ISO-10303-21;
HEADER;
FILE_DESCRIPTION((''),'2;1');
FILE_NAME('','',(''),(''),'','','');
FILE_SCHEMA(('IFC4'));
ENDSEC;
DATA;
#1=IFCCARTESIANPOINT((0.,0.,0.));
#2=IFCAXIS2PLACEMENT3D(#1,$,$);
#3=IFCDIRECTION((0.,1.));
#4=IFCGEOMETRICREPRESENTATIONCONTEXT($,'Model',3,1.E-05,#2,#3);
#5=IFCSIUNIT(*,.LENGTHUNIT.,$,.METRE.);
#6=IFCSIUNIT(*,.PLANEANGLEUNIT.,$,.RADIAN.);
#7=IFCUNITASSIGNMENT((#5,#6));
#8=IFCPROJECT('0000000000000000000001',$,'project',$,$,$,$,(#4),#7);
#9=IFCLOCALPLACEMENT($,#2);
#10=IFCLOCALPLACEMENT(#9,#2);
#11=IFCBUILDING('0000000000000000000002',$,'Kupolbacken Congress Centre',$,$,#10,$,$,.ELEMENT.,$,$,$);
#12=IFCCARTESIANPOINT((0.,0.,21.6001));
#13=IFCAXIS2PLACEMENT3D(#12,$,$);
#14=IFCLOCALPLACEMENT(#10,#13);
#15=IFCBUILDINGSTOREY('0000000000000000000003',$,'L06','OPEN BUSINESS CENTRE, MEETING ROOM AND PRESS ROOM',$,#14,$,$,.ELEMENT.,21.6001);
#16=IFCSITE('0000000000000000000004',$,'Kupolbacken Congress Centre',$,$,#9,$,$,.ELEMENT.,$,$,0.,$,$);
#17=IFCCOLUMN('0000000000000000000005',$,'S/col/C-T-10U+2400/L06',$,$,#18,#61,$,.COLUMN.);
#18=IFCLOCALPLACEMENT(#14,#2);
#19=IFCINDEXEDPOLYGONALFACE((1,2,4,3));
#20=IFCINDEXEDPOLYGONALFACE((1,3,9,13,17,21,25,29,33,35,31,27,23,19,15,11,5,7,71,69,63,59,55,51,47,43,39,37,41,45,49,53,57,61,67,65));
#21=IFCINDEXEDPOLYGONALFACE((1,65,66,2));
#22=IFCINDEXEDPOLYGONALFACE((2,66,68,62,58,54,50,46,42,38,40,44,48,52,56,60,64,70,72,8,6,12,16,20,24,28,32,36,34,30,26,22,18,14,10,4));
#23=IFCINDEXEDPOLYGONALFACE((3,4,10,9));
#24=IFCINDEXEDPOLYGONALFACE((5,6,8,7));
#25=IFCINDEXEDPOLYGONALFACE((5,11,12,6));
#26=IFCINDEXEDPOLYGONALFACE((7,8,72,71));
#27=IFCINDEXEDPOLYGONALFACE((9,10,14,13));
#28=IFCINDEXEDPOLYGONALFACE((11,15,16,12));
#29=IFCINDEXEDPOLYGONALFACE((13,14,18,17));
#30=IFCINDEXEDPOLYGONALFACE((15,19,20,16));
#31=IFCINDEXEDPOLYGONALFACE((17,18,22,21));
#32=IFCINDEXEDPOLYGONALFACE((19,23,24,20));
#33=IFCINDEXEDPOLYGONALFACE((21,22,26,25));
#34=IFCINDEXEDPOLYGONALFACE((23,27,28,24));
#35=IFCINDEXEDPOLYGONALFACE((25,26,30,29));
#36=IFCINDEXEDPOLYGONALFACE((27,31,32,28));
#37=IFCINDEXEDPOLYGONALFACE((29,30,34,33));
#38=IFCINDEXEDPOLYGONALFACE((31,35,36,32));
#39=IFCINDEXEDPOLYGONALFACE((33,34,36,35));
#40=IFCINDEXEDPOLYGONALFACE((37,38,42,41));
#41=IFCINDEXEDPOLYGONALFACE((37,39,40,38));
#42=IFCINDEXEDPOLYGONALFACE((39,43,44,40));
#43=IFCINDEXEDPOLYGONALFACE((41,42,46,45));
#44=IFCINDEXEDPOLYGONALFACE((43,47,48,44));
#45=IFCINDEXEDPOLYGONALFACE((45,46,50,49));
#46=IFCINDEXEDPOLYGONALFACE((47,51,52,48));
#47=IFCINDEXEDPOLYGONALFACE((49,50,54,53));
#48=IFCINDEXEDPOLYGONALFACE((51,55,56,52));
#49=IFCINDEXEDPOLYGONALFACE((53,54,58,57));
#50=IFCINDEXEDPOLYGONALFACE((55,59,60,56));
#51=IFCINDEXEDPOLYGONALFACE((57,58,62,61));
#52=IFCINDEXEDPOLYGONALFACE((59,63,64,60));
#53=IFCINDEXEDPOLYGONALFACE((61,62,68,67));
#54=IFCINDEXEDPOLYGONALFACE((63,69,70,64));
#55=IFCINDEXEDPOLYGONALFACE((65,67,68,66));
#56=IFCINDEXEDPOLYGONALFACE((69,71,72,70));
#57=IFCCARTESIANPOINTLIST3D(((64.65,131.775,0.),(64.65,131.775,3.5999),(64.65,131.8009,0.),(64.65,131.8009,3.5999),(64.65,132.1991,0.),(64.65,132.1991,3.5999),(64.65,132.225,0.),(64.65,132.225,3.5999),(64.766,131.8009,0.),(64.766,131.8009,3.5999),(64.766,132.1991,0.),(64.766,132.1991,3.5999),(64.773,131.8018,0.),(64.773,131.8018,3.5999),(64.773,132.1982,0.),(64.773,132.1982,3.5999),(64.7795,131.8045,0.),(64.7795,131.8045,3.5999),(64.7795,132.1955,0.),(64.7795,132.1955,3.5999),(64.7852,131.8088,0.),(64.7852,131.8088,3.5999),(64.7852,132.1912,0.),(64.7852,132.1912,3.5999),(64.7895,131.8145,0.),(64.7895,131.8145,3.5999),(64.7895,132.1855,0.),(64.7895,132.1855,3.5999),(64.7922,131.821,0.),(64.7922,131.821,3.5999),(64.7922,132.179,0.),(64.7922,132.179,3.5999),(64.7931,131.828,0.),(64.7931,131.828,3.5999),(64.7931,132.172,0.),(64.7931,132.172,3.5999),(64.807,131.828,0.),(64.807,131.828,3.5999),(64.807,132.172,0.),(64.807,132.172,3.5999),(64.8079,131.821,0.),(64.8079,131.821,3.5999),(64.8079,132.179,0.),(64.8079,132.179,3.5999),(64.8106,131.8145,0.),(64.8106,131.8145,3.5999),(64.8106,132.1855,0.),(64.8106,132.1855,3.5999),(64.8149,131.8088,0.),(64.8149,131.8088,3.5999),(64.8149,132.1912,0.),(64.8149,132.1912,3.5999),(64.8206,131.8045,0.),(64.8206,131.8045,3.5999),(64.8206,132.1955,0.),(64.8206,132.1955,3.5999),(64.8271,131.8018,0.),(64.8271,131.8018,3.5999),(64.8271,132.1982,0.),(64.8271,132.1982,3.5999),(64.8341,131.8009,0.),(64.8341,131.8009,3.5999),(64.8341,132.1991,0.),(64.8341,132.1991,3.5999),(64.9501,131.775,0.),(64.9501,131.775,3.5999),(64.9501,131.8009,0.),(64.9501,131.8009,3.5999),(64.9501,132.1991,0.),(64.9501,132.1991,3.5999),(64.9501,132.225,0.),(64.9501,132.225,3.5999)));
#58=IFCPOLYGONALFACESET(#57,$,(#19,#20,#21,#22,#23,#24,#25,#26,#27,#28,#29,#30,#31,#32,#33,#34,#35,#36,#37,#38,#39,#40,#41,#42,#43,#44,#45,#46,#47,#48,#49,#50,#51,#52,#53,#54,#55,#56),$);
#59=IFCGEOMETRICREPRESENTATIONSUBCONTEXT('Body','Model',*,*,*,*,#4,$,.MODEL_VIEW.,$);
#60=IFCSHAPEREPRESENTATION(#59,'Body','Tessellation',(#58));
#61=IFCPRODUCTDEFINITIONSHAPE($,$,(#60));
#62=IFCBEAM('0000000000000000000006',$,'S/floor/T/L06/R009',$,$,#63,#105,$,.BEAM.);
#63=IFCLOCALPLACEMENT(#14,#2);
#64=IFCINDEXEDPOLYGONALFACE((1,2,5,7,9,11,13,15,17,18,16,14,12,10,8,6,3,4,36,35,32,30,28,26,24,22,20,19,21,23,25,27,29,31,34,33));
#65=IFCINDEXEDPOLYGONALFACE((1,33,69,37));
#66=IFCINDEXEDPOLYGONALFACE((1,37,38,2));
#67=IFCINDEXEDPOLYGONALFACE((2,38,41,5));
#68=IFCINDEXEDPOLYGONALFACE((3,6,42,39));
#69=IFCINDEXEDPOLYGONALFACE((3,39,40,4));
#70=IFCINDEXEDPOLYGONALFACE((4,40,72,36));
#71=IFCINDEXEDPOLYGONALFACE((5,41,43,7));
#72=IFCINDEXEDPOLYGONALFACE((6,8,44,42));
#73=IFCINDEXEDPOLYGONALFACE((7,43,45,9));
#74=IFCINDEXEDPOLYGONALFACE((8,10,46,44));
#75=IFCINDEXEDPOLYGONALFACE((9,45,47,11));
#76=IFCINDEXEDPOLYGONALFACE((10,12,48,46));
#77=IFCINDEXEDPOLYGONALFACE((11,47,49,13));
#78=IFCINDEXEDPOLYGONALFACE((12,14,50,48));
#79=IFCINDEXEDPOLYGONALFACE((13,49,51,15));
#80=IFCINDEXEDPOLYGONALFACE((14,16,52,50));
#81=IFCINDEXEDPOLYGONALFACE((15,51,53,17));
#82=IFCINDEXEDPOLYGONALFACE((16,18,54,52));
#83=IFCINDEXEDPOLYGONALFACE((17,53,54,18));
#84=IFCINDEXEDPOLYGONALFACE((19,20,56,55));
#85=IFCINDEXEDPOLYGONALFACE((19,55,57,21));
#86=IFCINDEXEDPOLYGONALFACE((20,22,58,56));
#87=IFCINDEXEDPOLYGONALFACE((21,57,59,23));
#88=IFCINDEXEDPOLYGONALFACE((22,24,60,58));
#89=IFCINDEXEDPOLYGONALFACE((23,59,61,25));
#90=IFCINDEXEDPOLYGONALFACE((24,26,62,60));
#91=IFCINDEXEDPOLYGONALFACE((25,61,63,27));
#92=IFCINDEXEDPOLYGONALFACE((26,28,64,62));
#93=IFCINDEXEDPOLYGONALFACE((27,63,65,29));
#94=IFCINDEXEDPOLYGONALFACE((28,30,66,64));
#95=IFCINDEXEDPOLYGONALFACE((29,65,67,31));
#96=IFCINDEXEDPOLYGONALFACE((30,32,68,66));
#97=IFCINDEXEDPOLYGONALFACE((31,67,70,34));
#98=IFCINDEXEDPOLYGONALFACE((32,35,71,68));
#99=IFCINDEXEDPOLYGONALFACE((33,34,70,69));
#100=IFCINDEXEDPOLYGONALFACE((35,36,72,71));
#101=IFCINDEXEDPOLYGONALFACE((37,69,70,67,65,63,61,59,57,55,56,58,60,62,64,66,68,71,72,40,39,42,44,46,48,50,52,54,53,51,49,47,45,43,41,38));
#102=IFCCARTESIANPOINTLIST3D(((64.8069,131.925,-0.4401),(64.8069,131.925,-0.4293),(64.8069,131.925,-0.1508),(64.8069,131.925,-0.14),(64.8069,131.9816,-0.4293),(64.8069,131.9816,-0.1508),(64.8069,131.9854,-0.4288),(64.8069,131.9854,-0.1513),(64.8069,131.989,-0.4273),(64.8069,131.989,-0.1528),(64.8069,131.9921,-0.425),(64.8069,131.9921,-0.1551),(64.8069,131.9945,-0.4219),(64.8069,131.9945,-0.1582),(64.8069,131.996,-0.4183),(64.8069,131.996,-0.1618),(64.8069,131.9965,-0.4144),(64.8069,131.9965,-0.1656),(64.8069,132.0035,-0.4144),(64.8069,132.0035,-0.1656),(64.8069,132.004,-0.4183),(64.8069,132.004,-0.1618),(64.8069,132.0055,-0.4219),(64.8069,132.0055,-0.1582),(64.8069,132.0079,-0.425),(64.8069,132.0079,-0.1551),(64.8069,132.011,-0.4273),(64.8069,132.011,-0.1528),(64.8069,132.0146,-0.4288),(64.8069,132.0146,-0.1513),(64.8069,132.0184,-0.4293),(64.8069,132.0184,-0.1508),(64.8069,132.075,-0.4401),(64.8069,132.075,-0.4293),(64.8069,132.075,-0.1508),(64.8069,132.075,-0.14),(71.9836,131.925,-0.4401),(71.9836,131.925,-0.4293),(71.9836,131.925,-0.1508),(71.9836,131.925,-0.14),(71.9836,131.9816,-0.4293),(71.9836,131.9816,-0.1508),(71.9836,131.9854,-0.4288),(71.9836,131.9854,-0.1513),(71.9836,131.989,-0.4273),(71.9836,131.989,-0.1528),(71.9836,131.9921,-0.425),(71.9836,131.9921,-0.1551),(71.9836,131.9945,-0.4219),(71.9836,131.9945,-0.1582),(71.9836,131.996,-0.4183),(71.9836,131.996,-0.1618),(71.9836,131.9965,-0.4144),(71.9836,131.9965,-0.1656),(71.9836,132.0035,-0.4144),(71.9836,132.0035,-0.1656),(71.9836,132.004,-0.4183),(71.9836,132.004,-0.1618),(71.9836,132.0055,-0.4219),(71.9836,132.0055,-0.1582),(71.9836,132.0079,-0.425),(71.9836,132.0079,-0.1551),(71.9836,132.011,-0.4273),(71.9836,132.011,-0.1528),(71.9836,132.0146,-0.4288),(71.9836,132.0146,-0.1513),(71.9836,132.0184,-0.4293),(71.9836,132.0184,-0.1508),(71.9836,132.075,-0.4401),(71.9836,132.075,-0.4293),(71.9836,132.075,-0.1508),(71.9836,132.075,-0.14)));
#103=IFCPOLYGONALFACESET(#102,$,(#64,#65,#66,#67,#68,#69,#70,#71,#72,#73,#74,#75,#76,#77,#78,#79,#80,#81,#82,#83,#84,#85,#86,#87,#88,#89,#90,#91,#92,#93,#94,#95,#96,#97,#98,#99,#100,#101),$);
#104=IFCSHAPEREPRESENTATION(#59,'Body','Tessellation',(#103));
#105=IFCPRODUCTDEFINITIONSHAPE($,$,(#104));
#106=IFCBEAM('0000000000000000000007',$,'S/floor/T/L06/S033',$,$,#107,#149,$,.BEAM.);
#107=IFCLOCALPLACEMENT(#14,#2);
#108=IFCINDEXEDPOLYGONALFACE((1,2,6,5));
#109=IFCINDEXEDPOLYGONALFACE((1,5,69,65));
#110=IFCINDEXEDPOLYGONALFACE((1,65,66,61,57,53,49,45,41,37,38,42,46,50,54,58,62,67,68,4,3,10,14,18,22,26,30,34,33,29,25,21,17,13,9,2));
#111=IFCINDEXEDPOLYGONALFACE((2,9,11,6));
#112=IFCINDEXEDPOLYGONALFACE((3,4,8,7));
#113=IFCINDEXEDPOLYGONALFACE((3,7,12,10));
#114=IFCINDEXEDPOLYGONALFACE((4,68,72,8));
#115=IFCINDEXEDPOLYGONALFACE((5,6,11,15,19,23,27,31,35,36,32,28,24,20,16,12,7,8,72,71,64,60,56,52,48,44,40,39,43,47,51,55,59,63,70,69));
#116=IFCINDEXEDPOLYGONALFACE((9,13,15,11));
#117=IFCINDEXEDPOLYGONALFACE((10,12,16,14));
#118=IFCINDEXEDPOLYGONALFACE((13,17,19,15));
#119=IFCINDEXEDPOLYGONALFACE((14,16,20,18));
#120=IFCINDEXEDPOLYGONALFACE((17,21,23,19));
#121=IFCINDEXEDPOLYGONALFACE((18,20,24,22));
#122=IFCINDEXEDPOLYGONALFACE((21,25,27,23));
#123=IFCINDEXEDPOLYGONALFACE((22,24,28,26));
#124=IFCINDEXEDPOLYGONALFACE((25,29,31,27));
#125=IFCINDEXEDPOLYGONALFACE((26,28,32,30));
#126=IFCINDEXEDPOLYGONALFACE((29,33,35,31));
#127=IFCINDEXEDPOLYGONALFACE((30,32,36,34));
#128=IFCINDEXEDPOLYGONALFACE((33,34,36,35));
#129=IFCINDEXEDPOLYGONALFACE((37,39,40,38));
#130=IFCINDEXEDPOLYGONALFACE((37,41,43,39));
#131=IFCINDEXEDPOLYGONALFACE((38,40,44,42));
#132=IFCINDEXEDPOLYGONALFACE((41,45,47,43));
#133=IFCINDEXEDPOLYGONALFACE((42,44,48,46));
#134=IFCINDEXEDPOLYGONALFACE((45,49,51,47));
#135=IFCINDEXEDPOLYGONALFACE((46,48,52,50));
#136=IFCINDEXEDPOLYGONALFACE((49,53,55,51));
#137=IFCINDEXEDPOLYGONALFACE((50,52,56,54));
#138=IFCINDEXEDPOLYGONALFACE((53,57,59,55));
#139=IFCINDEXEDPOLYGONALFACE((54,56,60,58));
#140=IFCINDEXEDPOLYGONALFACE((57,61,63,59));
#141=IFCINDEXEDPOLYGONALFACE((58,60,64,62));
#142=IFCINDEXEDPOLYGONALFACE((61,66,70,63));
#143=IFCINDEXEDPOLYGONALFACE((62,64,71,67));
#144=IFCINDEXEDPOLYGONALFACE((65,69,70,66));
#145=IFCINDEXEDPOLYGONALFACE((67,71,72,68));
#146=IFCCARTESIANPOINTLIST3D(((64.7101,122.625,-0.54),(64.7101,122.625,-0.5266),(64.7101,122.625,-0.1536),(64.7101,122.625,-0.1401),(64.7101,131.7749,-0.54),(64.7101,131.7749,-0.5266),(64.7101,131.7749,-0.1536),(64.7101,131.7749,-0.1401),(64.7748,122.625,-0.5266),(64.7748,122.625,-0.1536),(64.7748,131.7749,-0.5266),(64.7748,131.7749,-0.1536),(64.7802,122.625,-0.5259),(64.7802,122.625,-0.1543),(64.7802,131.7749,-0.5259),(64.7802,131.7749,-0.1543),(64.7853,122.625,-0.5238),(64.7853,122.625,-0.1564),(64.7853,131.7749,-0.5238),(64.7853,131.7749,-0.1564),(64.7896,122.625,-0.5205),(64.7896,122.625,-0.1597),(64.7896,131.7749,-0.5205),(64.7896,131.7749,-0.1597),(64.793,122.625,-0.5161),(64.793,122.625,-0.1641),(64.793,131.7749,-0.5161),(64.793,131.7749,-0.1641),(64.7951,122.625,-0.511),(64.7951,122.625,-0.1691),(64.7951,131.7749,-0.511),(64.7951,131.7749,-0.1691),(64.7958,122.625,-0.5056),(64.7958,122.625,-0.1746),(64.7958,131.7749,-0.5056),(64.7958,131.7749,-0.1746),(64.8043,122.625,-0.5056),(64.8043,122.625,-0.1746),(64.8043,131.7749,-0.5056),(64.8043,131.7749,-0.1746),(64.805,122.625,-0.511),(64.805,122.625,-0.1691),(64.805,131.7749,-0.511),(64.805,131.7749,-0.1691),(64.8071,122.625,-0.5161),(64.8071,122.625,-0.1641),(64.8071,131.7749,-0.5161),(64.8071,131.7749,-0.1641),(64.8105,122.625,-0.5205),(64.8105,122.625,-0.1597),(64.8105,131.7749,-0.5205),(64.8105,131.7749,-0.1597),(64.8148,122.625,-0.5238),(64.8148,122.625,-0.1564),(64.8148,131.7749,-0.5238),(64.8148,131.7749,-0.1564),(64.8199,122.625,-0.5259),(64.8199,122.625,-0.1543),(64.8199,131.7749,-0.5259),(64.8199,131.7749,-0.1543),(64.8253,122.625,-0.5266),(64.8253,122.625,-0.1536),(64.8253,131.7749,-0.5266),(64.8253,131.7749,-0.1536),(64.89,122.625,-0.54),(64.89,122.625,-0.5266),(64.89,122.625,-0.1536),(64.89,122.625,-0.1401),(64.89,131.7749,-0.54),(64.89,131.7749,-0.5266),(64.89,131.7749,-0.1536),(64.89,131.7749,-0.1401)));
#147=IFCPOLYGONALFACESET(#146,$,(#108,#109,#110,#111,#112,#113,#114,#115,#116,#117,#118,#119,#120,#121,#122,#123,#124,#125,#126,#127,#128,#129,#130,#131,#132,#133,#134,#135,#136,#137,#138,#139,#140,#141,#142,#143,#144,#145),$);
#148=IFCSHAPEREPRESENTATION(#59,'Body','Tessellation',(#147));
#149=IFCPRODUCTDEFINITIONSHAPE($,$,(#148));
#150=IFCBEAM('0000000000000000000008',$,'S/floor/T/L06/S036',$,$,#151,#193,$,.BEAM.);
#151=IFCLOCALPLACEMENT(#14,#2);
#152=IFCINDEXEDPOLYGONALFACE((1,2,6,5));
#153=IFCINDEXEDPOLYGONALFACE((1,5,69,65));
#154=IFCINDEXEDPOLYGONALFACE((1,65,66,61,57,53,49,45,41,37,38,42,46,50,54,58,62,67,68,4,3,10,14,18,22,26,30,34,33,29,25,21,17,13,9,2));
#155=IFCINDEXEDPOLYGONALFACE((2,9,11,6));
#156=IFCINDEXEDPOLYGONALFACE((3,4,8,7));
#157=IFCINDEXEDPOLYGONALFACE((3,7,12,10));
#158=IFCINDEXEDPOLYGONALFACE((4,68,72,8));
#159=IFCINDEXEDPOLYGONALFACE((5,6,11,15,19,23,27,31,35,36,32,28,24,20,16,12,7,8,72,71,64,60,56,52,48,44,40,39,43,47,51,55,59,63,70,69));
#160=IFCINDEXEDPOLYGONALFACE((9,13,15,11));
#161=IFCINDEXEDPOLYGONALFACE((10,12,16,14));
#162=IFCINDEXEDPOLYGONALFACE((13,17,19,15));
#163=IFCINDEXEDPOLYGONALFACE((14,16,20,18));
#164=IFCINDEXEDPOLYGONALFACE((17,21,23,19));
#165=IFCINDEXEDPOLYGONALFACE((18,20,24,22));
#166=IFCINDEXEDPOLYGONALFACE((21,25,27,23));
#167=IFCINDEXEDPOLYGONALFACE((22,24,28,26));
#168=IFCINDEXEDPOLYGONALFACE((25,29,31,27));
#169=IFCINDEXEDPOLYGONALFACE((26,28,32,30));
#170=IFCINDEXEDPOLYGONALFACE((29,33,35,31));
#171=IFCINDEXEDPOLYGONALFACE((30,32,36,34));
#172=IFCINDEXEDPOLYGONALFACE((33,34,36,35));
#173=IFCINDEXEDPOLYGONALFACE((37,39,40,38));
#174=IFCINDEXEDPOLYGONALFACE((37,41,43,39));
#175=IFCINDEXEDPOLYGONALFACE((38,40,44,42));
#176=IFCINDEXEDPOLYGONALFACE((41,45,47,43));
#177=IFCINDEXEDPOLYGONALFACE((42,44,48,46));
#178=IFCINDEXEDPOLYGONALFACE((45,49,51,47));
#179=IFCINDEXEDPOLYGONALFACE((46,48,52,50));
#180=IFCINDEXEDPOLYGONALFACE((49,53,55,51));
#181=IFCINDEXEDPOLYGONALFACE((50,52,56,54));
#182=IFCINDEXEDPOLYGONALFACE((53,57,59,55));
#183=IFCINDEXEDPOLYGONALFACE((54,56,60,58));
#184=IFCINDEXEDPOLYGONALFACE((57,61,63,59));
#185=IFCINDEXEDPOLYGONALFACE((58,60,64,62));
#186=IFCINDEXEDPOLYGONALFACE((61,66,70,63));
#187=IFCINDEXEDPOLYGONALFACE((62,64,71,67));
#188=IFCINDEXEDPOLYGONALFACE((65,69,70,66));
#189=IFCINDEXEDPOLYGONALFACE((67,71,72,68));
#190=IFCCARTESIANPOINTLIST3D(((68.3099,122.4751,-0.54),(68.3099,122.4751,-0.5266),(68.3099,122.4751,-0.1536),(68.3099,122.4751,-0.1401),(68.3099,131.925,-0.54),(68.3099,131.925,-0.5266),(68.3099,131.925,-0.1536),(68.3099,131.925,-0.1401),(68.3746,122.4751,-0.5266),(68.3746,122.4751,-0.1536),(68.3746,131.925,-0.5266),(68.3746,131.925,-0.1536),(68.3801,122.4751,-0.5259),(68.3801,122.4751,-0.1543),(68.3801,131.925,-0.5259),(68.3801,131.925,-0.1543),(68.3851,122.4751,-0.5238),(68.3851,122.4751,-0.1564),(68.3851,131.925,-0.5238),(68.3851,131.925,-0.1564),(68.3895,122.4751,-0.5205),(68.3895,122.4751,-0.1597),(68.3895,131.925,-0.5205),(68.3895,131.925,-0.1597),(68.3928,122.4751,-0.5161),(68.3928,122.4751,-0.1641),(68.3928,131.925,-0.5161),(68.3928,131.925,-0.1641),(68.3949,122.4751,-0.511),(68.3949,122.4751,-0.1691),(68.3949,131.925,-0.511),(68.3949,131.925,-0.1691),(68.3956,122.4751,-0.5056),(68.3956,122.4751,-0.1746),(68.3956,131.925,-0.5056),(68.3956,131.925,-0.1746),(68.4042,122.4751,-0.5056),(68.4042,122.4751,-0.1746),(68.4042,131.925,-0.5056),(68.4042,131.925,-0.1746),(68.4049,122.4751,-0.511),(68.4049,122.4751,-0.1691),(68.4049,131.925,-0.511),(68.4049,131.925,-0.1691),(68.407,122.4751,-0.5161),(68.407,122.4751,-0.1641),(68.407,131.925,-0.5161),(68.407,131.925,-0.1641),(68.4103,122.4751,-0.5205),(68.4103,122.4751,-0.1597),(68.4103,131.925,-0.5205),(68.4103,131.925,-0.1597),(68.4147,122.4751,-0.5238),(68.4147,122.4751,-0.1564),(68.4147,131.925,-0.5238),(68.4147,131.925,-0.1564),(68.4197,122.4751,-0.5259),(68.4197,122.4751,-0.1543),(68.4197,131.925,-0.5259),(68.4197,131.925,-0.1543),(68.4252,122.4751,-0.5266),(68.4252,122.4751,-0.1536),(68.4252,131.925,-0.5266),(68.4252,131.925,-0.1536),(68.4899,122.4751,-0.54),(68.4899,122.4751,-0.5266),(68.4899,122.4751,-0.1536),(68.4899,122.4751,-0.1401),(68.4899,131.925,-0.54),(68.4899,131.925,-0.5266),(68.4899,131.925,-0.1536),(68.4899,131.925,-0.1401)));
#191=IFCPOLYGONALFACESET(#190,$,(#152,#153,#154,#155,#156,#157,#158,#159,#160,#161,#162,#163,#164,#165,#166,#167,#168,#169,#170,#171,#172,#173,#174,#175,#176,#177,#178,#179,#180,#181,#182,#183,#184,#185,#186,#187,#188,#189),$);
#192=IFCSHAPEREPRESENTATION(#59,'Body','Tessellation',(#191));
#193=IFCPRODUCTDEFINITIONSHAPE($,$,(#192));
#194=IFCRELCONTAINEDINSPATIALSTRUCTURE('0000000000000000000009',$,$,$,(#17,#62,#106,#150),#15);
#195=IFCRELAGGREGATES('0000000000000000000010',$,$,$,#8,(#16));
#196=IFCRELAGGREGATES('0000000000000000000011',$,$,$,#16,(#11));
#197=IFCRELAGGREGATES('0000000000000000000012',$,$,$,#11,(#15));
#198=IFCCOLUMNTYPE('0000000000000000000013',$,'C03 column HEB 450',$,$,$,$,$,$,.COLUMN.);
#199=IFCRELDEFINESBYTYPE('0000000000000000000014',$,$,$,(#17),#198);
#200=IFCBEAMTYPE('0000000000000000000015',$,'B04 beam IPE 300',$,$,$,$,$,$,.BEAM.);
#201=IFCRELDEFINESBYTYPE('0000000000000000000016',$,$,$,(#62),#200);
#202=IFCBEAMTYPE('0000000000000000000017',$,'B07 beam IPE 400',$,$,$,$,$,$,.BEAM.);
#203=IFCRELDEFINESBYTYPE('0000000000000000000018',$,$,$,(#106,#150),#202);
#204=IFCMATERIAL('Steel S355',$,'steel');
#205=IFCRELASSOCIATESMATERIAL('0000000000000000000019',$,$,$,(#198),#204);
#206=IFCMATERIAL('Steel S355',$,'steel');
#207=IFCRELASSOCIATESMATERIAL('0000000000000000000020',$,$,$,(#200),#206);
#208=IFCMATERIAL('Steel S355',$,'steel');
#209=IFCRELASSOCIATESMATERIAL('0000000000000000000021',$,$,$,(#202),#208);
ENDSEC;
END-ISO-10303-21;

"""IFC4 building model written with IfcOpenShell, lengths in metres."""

from ifc_helpers import new_model, si_unit, direction, frame, origin, origin_2d, place, context, subcontext, project, spatial, i_section, extrude, material, material_profile, profile_set, type_object, element, save


model = new_model("IFC4")

# Units and contexts
model_context = context("Model", 3, precision=1e-05, world=origin(), true_north=direction((0.0, 1.0)))
body_context = subcontext(model_context, "Body", "Model", "MODEL_VIEW")
ifc_project = project(units=[si_unit("LENGTHUNIT", "METRE"), si_unit("PLANEANGLEUNIT", "RADIAN")], contexts=[model_context])

# Site, building, storey
site_placement = place(None, origin())
site = spatial("IfcSite", under=ifc_project, at=site_placement, Name="Kupolbacken Congress Centre", CompositionType="ELEMENT", RefElevation=0.0)
building_placement = place(site_placement, origin())
building = spatial("IfcBuilding", under=site, at=building_placement, Name="Kupolbacken Congress Centre", CompositionType="ELEMENT")
storey_placement = place(building_placement, frame((0.0, 0.0, 21.6001)))
storey = spatial("IfcBuildingStorey", under=building, at=storey_placement, Name="L06", Description="OPEN BUSINESS CENTRE, MEETING ROOM AND PRESS ROOM", CompositionType="ELEMENT", Elevation=21.6001)

# Column
ifc_material_1 = material(Name="Steel S355", Category="steel")
ifc_material_profile_1 = material_profile(ifc_material_1, i_section(OverallWidth=0.3, OverallDepth=0.45, WebThickness=0.0139, FlangeThickness=0.0259, FilletRadius=0.0271, at=origin_2d()), Name="HEB 450")
ifc_profile_set_1 = profile_set([ifc_material_profile_1], Name="Steel S355")
column_type = type_object("IfcColumnType", Name="C03 column HEB 450", PredefinedType="COLUMN", material=ifc_profile_set_1)
column_placement = place(storey_placement, frame((64.8, 132.0, 0.0), z_axis=(0.0, 0.0, 1.0), x_axis=(1.0, 0.0, 0.0)))
element("IfcColumn", 1, at=column_placement, inside=storey, type_object=column_type, Name="S/col/C-T-10U+2400/L06", PredefinedType="COLUMN", context=body_context, shape_type="SweptSolid", body=[
    extrude(i_section(OverallWidth=0.3, OverallDepth=0.45, WebThickness=0.0139, FlangeThickness=0.0259, FilletRadius=0.0271, at=origin_2d()), origin(), (0.0, 0.0, 1.0), 3.5999),
])

# Beams
ifc_material_2 = material(Name="Steel S355", Category="steel")
ifc_material_profile_2 = material_profile(ifc_material_2, i_section(OverallWidth=0.1499, OverallDepth=0.3, WebThickness=0.0071, FlangeThickness=0.0107, FilletRadius=0.0149, at=origin_2d()), Name="IPE 300")
ifc_profile_set_2 = profile_set([ifc_material_profile_2], Name="Steel S355")
beam_type_1 = type_object("IfcBeamType", Name="B04 beam IPE 300", PredefinedType="BEAM", material=ifc_profile_set_2)
beam_1_placement = place(storey_placement, frame((64.8069, 132.0, -0.29), z_axis=(1.0, 0.0, 0.0), x_axis=(0.0, 1.0, 0.0)))
element("IfcBeam", 2, at=beam_1_placement, inside=storey, type_object=beam_type_1, Name="S/floor/T/L06/R009", PredefinedType="BEAM", context=body_context, shape_type="SweptSolid", body=[
    extrude(i_section(OverallWidth=0.1499, OverallDepth=0.3, WebThickness=0.0071, FlangeThickness=0.0107, FilletRadius=0.0149, at=origin_2d()), origin(), (0.0, 0.0, 1.0), 7.1768),
])
ifc_material_3 = material(Name="Steel S355", Category="steel")
ifc_material_profile_3 = material_profile(ifc_material_3, i_section(OverallWidth=0.1799, OverallDepth=0.3999, WebThickness=0.0085, FlangeThickness=0.0134, FilletRadius=0.021, at=origin_2d()), Name="IPE 400")
ifc_profile_set_3 = profile_set([ifc_material_profile_3], Name="Steel S355")
beam_type_2 = type_object("IfcBeamType", Name="B07 beam IPE 400", PredefinedType="BEAM", material=ifc_profile_set_3)
beam_2_placement = place(storey_placement, frame((64.8, 122.625, -0.3401), z_axis=(0.0, 1.0, 0.0), x_axis=(-1.0, 0.0, 0.0)))
element("IfcBeam", 3, at=beam_2_placement, inside=storey, type_object=beam_type_2, Name="S/floor/T/L06/S033", PredefinedType="BEAM", context=body_context, shape_type="SweptSolid", body=[
    extrude(i_section(OverallWidth=0.1799, OverallDepth=0.3999, WebThickness=0.0085, FlangeThickness=0.0134, FilletRadius=0.021, at=origin_2d()), origin(), (0.0, 0.0, 1.0), 9.1499),
])
beam_3_placement = place(storey_placement, frame((68.3999, 122.4751, -0.3401), z_axis=(0.0, 1.0, 0.0), x_axis=(-1.0, 0.0, 0.0)))
element("IfcBeam", 4, at=beam_3_placement, inside=storey, type_object=beam_type_2, Name="S/floor/T/L06/S036", PredefinedType="BEAM", context=body_context, shape_type="SweptSolid", body=[
    extrude(i_section(OverallWidth=0.1799, OverallDepth=0.3999, WebThickness=0.0085, FlangeThickness=0.0134, FilletRadius=0.021, at=origin_2d()), origin(), (0.0, 0.0, 1.0), 9.45),
])

save(model, "model.ifc")
